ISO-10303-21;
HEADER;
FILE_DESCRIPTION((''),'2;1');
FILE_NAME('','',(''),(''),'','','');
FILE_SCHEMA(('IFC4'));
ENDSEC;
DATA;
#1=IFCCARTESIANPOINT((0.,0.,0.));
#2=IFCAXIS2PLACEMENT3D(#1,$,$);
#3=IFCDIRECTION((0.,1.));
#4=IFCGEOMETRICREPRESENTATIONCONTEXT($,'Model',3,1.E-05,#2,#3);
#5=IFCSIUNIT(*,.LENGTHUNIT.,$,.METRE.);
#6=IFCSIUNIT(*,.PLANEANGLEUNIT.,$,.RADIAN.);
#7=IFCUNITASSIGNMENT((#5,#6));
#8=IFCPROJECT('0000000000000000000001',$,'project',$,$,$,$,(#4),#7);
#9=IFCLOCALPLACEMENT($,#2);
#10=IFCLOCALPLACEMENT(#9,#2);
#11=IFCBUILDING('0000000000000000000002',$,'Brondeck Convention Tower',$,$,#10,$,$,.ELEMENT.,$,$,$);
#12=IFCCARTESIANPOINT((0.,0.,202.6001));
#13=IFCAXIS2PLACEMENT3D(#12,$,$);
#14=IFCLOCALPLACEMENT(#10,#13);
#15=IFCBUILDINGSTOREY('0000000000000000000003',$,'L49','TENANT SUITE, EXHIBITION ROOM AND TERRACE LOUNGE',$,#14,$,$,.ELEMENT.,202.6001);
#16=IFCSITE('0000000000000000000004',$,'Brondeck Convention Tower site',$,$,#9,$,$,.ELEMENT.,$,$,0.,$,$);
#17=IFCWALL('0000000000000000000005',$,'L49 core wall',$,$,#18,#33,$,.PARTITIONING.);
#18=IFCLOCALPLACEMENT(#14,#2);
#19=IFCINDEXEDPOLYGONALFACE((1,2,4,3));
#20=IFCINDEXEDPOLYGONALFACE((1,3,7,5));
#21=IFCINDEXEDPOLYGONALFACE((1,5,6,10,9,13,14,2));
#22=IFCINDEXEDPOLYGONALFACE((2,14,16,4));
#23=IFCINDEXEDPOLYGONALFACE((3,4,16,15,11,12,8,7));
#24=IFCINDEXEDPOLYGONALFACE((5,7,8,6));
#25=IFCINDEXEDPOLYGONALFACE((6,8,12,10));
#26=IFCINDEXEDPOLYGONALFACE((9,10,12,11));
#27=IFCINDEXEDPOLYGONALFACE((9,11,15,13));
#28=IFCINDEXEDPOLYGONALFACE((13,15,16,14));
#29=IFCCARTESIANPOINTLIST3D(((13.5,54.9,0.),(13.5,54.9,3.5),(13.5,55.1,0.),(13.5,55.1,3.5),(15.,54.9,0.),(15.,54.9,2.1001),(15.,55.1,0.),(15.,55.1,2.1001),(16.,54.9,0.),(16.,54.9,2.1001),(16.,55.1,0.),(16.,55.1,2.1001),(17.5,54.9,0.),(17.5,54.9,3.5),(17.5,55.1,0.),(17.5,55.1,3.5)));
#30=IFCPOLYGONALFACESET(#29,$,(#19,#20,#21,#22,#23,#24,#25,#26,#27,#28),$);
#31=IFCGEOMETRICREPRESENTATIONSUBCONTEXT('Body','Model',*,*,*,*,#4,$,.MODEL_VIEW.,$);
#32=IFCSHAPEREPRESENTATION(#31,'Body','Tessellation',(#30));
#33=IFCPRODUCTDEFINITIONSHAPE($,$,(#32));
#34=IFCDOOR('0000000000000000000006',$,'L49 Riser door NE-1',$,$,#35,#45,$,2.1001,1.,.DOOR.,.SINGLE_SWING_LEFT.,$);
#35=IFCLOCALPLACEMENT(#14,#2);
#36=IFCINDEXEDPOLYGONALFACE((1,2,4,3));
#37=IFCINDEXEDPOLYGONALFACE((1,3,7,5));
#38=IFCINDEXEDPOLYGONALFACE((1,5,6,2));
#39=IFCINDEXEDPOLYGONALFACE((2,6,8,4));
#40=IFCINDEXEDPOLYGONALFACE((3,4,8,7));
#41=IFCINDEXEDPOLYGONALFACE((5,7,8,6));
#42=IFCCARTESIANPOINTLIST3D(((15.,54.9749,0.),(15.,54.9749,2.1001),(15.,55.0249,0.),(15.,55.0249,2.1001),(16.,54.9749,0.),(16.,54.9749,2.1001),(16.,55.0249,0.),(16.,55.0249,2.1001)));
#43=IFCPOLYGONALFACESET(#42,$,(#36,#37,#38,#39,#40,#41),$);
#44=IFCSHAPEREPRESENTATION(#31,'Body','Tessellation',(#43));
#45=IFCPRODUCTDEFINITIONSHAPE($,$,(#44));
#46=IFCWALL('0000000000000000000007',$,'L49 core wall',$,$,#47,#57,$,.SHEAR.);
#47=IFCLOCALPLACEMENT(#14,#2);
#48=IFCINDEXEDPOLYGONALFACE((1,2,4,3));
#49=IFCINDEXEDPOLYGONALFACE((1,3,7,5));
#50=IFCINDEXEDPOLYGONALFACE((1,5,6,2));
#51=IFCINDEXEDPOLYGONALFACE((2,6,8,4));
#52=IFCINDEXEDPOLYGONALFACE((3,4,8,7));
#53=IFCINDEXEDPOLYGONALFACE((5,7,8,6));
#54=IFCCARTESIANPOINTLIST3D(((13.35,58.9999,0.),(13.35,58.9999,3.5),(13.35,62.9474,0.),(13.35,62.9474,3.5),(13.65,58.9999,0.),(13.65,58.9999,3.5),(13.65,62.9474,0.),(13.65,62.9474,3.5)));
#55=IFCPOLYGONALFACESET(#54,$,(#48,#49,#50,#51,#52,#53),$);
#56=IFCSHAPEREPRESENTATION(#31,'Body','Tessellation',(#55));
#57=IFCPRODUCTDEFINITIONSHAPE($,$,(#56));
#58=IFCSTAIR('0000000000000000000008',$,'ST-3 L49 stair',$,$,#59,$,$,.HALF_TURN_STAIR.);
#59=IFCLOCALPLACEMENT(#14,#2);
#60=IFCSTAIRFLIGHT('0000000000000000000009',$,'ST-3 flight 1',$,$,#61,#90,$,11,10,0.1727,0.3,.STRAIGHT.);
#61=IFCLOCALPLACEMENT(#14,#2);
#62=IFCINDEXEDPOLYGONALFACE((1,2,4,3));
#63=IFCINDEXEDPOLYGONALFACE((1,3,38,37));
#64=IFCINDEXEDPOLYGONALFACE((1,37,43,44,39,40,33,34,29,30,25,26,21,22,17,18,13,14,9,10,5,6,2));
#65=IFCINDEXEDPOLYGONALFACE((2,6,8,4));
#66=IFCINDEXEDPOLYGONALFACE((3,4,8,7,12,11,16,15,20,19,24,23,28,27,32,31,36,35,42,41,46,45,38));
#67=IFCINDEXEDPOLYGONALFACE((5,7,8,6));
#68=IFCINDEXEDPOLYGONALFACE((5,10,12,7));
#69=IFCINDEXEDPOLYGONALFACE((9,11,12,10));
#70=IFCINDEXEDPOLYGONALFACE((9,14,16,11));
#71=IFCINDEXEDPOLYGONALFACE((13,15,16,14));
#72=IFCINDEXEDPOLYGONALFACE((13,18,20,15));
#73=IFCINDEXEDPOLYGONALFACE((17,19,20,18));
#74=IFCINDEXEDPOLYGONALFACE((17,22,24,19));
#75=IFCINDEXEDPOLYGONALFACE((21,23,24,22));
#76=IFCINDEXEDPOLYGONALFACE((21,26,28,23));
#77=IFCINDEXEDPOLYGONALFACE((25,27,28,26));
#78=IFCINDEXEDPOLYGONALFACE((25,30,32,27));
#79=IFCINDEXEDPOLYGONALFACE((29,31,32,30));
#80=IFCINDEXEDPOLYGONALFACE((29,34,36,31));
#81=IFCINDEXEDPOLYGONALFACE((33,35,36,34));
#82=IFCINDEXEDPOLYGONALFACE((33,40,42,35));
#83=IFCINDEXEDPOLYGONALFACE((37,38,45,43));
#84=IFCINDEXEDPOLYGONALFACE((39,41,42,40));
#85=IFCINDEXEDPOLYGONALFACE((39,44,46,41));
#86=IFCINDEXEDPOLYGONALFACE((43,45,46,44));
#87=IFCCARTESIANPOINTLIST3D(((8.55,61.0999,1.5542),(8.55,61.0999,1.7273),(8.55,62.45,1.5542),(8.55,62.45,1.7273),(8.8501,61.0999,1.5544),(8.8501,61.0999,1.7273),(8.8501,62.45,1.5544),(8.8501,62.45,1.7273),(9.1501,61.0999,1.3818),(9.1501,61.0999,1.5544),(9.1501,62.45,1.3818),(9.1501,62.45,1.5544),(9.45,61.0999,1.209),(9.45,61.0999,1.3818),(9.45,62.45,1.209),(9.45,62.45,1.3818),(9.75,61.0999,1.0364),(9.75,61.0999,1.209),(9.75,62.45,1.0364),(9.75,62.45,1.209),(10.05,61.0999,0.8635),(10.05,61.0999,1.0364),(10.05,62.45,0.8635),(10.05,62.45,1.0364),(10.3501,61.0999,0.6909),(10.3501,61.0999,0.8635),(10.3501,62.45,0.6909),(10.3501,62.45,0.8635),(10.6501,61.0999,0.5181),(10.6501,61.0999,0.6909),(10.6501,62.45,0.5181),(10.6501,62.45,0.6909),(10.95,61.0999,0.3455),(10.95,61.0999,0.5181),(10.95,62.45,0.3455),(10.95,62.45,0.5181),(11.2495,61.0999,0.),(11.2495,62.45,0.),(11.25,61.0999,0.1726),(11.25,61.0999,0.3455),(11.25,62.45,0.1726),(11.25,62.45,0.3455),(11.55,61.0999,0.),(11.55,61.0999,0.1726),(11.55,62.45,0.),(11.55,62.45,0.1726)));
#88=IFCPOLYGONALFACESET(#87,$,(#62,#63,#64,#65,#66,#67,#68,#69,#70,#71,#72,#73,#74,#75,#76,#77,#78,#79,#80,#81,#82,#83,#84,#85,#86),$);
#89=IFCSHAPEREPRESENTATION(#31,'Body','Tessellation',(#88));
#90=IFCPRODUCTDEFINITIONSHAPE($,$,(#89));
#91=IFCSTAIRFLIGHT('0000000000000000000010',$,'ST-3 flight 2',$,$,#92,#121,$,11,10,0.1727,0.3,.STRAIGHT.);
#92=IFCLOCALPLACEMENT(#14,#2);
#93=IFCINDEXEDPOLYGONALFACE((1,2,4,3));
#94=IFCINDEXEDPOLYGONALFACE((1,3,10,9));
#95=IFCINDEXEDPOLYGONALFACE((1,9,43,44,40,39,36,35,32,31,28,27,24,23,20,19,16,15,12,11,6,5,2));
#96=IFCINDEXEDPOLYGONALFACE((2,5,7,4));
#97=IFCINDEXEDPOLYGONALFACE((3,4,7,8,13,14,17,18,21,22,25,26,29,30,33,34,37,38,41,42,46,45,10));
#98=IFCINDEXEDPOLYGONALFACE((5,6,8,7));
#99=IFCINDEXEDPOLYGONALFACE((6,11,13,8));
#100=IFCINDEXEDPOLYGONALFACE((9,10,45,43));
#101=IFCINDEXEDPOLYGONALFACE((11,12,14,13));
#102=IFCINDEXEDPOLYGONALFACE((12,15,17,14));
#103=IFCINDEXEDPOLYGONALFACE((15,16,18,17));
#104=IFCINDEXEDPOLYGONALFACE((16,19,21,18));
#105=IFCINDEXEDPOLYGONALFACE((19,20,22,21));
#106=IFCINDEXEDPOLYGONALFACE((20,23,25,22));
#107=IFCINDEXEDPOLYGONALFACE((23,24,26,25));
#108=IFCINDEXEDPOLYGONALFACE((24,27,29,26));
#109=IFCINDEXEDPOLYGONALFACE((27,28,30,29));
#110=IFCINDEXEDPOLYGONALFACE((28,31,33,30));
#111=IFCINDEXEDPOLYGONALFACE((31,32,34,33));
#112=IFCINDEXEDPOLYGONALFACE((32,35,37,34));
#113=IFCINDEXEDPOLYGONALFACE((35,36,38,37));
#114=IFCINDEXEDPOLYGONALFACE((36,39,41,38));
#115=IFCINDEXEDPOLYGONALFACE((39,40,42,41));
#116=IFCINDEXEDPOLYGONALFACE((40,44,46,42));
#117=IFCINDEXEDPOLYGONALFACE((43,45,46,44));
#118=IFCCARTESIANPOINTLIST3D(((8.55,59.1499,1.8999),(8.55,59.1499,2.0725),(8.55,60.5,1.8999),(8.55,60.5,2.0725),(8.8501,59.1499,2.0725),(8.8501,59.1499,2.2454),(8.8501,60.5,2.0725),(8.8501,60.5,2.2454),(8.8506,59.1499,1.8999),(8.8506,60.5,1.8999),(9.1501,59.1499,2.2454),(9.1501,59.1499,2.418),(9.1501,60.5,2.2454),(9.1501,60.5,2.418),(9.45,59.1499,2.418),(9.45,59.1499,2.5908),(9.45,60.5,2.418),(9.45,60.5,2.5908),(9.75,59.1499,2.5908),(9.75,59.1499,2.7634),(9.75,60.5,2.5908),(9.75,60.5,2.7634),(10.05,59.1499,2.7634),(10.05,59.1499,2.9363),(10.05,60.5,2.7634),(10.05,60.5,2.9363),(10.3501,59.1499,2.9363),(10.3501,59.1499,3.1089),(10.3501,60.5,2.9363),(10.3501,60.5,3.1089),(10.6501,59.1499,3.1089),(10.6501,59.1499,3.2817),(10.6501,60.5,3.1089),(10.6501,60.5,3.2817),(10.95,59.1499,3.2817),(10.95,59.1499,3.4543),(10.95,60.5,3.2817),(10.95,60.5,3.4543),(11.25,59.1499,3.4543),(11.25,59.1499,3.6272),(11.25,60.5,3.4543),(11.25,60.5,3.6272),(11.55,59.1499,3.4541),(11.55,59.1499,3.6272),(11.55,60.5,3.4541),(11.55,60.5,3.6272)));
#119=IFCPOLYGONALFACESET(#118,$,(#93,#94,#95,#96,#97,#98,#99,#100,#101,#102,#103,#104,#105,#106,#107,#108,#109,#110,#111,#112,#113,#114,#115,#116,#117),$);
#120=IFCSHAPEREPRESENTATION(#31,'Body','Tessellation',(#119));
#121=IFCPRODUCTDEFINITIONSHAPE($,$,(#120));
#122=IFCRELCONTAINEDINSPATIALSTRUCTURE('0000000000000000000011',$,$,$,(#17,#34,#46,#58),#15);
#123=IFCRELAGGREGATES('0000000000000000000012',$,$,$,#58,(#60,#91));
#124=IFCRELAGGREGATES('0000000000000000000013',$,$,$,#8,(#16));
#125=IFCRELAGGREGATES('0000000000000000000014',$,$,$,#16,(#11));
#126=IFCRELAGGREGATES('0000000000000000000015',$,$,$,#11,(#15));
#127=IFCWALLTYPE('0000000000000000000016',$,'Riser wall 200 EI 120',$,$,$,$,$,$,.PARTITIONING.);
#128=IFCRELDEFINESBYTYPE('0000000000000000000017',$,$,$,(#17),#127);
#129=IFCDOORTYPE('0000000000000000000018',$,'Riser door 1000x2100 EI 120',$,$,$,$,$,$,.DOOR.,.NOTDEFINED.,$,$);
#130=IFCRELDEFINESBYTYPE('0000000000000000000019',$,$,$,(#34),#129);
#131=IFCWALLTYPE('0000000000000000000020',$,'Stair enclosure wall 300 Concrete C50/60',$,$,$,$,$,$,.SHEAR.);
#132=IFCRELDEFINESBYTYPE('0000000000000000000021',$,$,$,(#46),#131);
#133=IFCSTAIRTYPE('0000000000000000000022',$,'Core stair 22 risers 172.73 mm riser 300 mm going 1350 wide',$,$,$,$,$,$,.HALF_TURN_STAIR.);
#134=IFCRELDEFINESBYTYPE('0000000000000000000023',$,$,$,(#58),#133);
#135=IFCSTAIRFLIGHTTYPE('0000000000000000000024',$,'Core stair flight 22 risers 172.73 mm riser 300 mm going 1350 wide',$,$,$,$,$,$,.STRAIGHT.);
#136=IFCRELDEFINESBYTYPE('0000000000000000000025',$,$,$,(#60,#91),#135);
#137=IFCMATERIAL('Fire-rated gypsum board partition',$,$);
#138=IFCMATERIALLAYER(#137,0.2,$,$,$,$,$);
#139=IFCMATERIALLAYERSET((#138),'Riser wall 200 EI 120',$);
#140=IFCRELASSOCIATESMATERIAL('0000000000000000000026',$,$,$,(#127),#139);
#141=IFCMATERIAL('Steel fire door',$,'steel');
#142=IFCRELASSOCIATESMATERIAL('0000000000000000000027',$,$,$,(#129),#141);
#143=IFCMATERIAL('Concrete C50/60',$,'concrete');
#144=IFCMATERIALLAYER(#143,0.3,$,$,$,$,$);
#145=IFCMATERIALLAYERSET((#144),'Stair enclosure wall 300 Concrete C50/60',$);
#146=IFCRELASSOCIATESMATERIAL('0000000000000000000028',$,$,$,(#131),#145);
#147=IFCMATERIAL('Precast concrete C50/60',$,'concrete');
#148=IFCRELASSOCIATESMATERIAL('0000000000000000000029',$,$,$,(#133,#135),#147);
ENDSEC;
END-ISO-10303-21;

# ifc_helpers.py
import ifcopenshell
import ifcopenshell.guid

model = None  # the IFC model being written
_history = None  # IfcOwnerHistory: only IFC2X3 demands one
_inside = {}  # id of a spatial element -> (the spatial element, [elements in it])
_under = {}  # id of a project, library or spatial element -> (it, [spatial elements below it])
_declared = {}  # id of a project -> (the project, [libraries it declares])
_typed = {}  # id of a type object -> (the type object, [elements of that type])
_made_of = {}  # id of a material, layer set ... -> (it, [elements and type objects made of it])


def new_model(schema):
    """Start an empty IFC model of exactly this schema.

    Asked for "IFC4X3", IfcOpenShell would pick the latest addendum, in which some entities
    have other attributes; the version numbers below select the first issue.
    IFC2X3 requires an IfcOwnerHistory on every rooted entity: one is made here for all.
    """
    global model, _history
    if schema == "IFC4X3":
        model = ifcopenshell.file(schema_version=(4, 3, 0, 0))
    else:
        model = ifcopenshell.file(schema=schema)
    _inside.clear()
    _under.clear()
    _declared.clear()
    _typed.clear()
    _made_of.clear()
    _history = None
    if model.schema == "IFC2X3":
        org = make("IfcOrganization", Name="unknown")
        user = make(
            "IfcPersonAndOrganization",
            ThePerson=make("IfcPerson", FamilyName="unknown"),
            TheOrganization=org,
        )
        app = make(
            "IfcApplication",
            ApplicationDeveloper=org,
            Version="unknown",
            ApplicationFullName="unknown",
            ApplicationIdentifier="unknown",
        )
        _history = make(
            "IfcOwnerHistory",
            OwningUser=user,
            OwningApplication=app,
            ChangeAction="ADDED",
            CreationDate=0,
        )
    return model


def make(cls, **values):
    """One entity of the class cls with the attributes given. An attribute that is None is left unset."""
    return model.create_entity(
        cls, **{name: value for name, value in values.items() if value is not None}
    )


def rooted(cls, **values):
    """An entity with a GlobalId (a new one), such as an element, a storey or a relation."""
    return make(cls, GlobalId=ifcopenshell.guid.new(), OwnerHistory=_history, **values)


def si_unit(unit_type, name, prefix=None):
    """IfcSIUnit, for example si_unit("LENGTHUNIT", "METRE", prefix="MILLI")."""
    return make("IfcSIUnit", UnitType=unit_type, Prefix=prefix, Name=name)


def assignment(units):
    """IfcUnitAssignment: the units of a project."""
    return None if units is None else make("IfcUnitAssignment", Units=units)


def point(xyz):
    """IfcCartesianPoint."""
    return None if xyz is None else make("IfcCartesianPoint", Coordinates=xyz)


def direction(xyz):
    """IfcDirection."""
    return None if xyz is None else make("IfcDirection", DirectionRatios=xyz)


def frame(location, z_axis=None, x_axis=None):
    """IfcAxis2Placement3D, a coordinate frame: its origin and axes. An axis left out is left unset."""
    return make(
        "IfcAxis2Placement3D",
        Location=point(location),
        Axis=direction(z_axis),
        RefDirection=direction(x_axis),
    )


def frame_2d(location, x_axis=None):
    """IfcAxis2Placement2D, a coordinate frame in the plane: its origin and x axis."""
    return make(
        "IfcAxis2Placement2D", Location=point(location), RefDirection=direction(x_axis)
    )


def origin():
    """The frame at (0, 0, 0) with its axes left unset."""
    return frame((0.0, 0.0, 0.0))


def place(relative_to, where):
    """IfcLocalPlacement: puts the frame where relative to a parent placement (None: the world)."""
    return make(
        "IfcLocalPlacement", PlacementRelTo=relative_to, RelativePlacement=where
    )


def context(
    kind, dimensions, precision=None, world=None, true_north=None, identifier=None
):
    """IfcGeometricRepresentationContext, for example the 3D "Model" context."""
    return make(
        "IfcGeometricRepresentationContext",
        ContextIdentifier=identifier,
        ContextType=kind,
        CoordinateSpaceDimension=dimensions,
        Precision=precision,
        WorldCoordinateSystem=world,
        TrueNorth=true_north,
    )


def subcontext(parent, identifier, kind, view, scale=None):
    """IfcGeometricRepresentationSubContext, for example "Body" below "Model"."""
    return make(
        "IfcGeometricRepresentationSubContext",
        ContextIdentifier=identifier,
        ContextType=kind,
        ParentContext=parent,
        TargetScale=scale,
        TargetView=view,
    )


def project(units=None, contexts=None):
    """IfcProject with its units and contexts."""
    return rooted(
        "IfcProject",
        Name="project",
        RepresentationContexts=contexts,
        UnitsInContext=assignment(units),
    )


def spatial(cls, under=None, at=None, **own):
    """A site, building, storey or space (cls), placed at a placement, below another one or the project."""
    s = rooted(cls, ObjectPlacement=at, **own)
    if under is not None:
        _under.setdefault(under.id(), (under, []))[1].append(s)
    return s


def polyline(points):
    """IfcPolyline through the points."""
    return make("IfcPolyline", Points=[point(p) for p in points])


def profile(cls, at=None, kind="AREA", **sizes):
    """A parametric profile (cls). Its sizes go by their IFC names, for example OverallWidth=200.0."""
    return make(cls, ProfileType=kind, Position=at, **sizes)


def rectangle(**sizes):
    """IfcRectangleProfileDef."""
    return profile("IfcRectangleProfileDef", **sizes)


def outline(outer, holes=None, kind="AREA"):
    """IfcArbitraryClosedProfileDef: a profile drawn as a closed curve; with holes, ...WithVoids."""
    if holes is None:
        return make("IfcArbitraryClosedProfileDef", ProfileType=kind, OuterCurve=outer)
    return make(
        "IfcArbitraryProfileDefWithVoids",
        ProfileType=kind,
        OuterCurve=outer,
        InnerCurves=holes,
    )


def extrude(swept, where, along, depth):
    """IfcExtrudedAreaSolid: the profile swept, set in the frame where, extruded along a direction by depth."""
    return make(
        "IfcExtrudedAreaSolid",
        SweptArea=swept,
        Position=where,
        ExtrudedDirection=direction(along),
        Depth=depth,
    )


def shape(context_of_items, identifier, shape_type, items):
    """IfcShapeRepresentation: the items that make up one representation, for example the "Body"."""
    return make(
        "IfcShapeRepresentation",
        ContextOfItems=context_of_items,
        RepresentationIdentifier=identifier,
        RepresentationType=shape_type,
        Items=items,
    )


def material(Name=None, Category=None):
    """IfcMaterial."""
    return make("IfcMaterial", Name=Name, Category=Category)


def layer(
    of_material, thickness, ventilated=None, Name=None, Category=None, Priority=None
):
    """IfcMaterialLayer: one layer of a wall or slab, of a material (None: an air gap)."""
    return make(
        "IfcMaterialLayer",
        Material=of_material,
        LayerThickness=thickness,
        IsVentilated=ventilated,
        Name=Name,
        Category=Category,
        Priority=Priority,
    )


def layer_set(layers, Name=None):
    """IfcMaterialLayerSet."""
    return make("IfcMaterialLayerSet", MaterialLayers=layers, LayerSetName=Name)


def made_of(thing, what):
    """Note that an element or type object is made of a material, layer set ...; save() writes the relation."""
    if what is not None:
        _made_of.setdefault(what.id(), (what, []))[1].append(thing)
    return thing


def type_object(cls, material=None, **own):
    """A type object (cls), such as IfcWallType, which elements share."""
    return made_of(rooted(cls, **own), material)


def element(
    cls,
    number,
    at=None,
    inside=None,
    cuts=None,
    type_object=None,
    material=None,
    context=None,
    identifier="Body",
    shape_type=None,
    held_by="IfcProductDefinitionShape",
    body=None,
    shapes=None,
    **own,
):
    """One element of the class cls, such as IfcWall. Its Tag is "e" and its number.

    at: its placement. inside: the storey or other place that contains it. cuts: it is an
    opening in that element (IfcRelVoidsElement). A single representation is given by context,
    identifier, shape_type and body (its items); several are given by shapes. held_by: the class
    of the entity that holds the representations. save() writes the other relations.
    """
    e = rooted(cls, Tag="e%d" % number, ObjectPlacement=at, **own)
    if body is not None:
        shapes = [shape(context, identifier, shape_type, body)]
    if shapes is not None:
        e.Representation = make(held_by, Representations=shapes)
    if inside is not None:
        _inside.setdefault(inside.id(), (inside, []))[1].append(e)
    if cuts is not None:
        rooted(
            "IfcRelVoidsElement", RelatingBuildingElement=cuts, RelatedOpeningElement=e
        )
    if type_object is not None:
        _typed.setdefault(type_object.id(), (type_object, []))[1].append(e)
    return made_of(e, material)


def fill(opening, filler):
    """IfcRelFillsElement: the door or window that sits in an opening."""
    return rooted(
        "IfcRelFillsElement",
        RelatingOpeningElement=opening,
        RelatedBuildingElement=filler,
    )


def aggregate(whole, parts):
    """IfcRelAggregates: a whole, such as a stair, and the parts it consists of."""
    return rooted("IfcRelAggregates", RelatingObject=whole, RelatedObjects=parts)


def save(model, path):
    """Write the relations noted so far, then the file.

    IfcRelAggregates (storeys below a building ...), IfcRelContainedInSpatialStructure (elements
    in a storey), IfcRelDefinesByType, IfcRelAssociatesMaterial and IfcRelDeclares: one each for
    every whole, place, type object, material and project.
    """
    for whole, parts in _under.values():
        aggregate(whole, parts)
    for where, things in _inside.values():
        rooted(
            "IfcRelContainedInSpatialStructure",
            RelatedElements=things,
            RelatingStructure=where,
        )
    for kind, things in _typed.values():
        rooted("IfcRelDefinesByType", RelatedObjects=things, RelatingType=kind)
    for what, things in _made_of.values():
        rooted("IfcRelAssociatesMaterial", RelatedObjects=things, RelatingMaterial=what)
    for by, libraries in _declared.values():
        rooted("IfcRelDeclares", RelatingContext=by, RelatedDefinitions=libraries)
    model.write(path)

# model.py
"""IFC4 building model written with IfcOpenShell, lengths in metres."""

from ifc_helpers import new_model, si_unit, direction, frame, frame_2d, origin, place, context, subcontext, project, spatial, polyline, rectangle, outline, extrude, material, layer, layer_set, type_object, element, fill, aggregate, save


model = new_model("IFC4")

# Units and contexts
model_context = context("Model", 3, precision=1e-05, world=origin(), true_north=direction((0.0, 1.0)))
body_context = subcontext(model_context, "Body", "Model", "MODEL_VIEW")
ifc_project = project(units=[si_unit("LENGTHUNIT", "METRE"), si_unit("PLANEANGLEUNIT", "RADIAN")], contexts=[model_context])

# Site, building, storey
site_placement = place(None, origin())
site = spatial("IfcSite", under=ifc_project, at=site_placement, Name="Brondeck Convention Tower site", CompositionType="ELEMENT", RefElevation=0.0)
building_placement = place(site_placement, origin())
building = spatial("IfcBuilding", under=site, at=building_placement, Name="Brondeck Convention Tower", CompositionType="ELEMENT")
storey_placement = place(building_placement, frame((0.0, 0.0, 202.6001)))
storey = spatial("IfcBuildingStorey", under=building, at=storey_placement, Name="L49", Description="TENANT SUITE, EXHIBITION ROOM AND TERRACE LOUNGE", CompositionType="ELEMENT", Elevation=202.6001)

# Shared definitions
ifc_material_1 = material(Name="Concrete C50/60", Category="concrete")

# Shared definitions
ifc_material_2 = material(Name="Fire-rated gypsum board partition")

# Shared definitions
ifc_material_3 = material(Name="Steel fire door", Category="steel")

# Wall, opening, door
ifc_layer_1 = layer(ifc_material_2, 0.2)
ifc_layer_set_1 = layer_set([ifc_layer_1], Name="Riser wall 200 EI 120")
wall_type_1 = type_object("IfcWallType", Name="Riser wall 200 EI 120", PredefinedType="PARTITIONING", material=ifc_layer_set_1)
wall_1_placement = place(storey_placement, frame((13.5, 55.0, 0.0), z_axis=(0.0, 0.0, 1.0), x_axis=(1.0, 0.0, 0.0)))
wall_1 = element("IfcWall", 1, at=wall_1_placement, inside=storey, type_object=wall_type_1, Name="L49 core wall", PredefinedType="PARTITIONING", context=body_context, shape_type="SweptSolid", body=[
    extrude(rectangle(XDim=4.0, YDim=0.2, at=frame_2d((2.0, 0.0))), origin(), (0.0, 0.0, 1.0), 3.5),
])
opening_1_placement = place(wall_1_placement, frame((1.5, 0.0, 0.0)))
opening_1 = element("IfcOpeningElement", 2, at=opening_1_placement, cuts=wall_1, PredefinedType="OPENING", context=body_context, shape_type="SweptSolid", body=[
    extrude(rectangle(XDim=1.0, YDim=2.1001, at=frame_2d((0.5, 1.05))), frame((0.0, 0.1099, 0.0), z_axis=(0.0, -1.0, 0.0), x_axis=(1.0, 0.0, 0.0)), (0.0, 0.0, 1.0), 0.22),
])
door_type_1 = type_object("IfcDoorType", Name="Riser door 1000x2100 EI 120", OperationType="NOTDEFINED", PredefinedType="DOOR", material=ifc_material_3)
door_1_placement = place(opening_1_placement, origin())
door_1 = element("IfcDoor", 3, at=door_1_placement, inside=storey, type_object=door_type_1, Name="L49 Riser door NE-1", OperationType="SINGLE_SWING_LEFT", OverallHeight=2.1001, OverallWidth=1.0, PredefinedType="DOOR", context=body_context, shape_type="SweptSolid", body=[
    extrude(rectangle(XDim=1.0, YDim=2.1001, at=frame_2d((0.5, 1.05))), frame((0.0, 0.0249, 0.0), z_axis=(0.0, -1.0, 0.0), x_axis=(1.0, 0.0, 0.0)), (0.0, 0.0, 1.0), 0.05),
])
fill(opening_1, door_1)

# Wall
ifc_layer_2 = layer(ifc_material_1, 0.3)
ifc_layer_set_2 = layer_set([ifc_layer_2], Name="Stair enclosure wall 300 Concrete C50/60")
wall_type_2 = type_object("IfcWallType", Name="Stair enclosure wall 300 Concrete C50/60", PredefinedType="SHEAR", material=ifc_layer_set_2)
wall_2_placement = place(storey_placement, frame((13.5, 59.0, 0.0), z_axis=(0.0, 0.0, 1.0), x_axis=(0.0, 1.0, 0.0)))
element("IfcWall", 4, at=wall_2_placement, inside=storey, type_object=wall_type_2, Name="L49 core wall", PredefinedType="SHEAR", context=body_context, shape_type="SweptSolid", body=[
    extrude(rectangle(XDim=3.9475, YDim=0.3, at=frame_2d((1.9736, 0.0))), origin(), (0.0, 0.0, 1.0), 3.5),
])

# Stair, stair flights
ifc_material_4 = material(Name="Precast concrete C50/60", Category="concrete")
stair_type = type_object("IfcStairType", Name="Core stair 22 risers 172.73 mm riser 300 mm going 1350 wide", PredefinedType="HALF_TURN_STAIR", material=ifc_material_4)
stair_placement = place(storey_placement, origin())
stair = element("IfcStair", 5, at=stair_placement, inside=storey, type_object=stair_type, Name="ST-3 L49 stair", PredefinedType="HALF_TURN_STAIR")
stair_flight_type = type_object("IfcStairFlightType", Name="Core stair flight 22 risers 172.73 mm riser 300 mm going 1350 wide", PredefinedType="STRAIGHT", material=ifc_material_4)
stair_flight_1_placement = place(storey_placement, frame((11.55, 61.7749, 0.0), z_axis=(0.0, 0.0, 1.0), x_axis=(-1.0, 0.0, 0.0)))
stair_flight_1 = element("IfcStairFlight", 6, at=stair_flight_1_placement, type_object=stair_flight_type, Name="ST-3 flight 1", NumberOfRisers=11, NumberOfTreads=10, PredefinedType="STRAIGHT", RiserHeight=0.1727, TreadLength=0.3, context=body_context, shape_type="SweptSolid", body=[
    extrude(outline(polyline([(0.0, 0.0), (0.0, 0.1726), (0.3, 0.1726), (0.3, 0.3455), (0.6001, 0.3455), (0.6001, 0.5181), (0.8999, 0.5181), (0.8999, 0.6909), (1.2, 0.6909), (1.2, 0.8635), (1.5, 0.8635), (1.5, 1.0364), (1.8, 1.0364), (1.8, 1.209), (2.1001, 1.209), (2.1001, 1.3818), (2.3999, 1.3818), (2.3999, 1.5544), (2.7, 1.5544), (2.7, 1.7273), (3.0, 1.7273), (3.0, 1.8999), (3.0, 1.5542), (0.3005, 0.0), (0.0, 0.0)])), frame((0.0, 0.675, 0.0), z_axis=(0.0, -1.0, 0.0), x_axis=(1.0, 0.0, 0.0)), (0.0, 0.0, 1.0), 1.3501),
])
stair_flight_2_placement = place(storey_placement, frame((8.55, 59.825, 1.8999), z_axis=(0.0, 0.0, 1.0), x_axis=(1.0, 0.0, 0.0)))
stair_flight_2 = element("IfcStairFlight", 7, at=stair_flight_2_placement, type_object=stair_flight_type, Name="ST-3 flight 2", NumberOfRisers=11, NumberOfTreads=10, PredefinedType="STRAIGHT", RiserHeight=0.1727, TreadLength=0.3, context=body_context, shape_type="SweptSolid", body=[
    extrude(outline(polyline([(0.0, 0.0), (0.0, 0.1726), (0.3, 0.1726), (0.3, 0.3455), (0.6001, 0.3455), (0.6001, 0.5181), (0.8999, 0.5181), (0.8999, 0.6909), (1.2, 0.6909), (1.2, 0.8635), (1.5, 0.8635), (1.5, 1.0364), (1.8, 1.0364), (1.8, 1.209), (2.1001, 1.209), (2.1001, 1.3818), (2.3999, 1.3818), (2.3999, 1.5544), (2.7, 1.5544), (2.7, 1.7273), (3.0, 1.7273), (3.0, 1.8999), (3.0, 1.5542), (0.3005, 0.0), (0.0, 0.0)])), frame((0.0, 0.675, 0.0), z_axis=(0.0, -1.0, 0.0), x_axis=(1.0, 0.0, 0.0)), (0.0, 0.0, 1.0), 1.3501),
])
aggregate(stair, [stair_flight_1, stair_flight_2])

save(model, "model.ifc")
